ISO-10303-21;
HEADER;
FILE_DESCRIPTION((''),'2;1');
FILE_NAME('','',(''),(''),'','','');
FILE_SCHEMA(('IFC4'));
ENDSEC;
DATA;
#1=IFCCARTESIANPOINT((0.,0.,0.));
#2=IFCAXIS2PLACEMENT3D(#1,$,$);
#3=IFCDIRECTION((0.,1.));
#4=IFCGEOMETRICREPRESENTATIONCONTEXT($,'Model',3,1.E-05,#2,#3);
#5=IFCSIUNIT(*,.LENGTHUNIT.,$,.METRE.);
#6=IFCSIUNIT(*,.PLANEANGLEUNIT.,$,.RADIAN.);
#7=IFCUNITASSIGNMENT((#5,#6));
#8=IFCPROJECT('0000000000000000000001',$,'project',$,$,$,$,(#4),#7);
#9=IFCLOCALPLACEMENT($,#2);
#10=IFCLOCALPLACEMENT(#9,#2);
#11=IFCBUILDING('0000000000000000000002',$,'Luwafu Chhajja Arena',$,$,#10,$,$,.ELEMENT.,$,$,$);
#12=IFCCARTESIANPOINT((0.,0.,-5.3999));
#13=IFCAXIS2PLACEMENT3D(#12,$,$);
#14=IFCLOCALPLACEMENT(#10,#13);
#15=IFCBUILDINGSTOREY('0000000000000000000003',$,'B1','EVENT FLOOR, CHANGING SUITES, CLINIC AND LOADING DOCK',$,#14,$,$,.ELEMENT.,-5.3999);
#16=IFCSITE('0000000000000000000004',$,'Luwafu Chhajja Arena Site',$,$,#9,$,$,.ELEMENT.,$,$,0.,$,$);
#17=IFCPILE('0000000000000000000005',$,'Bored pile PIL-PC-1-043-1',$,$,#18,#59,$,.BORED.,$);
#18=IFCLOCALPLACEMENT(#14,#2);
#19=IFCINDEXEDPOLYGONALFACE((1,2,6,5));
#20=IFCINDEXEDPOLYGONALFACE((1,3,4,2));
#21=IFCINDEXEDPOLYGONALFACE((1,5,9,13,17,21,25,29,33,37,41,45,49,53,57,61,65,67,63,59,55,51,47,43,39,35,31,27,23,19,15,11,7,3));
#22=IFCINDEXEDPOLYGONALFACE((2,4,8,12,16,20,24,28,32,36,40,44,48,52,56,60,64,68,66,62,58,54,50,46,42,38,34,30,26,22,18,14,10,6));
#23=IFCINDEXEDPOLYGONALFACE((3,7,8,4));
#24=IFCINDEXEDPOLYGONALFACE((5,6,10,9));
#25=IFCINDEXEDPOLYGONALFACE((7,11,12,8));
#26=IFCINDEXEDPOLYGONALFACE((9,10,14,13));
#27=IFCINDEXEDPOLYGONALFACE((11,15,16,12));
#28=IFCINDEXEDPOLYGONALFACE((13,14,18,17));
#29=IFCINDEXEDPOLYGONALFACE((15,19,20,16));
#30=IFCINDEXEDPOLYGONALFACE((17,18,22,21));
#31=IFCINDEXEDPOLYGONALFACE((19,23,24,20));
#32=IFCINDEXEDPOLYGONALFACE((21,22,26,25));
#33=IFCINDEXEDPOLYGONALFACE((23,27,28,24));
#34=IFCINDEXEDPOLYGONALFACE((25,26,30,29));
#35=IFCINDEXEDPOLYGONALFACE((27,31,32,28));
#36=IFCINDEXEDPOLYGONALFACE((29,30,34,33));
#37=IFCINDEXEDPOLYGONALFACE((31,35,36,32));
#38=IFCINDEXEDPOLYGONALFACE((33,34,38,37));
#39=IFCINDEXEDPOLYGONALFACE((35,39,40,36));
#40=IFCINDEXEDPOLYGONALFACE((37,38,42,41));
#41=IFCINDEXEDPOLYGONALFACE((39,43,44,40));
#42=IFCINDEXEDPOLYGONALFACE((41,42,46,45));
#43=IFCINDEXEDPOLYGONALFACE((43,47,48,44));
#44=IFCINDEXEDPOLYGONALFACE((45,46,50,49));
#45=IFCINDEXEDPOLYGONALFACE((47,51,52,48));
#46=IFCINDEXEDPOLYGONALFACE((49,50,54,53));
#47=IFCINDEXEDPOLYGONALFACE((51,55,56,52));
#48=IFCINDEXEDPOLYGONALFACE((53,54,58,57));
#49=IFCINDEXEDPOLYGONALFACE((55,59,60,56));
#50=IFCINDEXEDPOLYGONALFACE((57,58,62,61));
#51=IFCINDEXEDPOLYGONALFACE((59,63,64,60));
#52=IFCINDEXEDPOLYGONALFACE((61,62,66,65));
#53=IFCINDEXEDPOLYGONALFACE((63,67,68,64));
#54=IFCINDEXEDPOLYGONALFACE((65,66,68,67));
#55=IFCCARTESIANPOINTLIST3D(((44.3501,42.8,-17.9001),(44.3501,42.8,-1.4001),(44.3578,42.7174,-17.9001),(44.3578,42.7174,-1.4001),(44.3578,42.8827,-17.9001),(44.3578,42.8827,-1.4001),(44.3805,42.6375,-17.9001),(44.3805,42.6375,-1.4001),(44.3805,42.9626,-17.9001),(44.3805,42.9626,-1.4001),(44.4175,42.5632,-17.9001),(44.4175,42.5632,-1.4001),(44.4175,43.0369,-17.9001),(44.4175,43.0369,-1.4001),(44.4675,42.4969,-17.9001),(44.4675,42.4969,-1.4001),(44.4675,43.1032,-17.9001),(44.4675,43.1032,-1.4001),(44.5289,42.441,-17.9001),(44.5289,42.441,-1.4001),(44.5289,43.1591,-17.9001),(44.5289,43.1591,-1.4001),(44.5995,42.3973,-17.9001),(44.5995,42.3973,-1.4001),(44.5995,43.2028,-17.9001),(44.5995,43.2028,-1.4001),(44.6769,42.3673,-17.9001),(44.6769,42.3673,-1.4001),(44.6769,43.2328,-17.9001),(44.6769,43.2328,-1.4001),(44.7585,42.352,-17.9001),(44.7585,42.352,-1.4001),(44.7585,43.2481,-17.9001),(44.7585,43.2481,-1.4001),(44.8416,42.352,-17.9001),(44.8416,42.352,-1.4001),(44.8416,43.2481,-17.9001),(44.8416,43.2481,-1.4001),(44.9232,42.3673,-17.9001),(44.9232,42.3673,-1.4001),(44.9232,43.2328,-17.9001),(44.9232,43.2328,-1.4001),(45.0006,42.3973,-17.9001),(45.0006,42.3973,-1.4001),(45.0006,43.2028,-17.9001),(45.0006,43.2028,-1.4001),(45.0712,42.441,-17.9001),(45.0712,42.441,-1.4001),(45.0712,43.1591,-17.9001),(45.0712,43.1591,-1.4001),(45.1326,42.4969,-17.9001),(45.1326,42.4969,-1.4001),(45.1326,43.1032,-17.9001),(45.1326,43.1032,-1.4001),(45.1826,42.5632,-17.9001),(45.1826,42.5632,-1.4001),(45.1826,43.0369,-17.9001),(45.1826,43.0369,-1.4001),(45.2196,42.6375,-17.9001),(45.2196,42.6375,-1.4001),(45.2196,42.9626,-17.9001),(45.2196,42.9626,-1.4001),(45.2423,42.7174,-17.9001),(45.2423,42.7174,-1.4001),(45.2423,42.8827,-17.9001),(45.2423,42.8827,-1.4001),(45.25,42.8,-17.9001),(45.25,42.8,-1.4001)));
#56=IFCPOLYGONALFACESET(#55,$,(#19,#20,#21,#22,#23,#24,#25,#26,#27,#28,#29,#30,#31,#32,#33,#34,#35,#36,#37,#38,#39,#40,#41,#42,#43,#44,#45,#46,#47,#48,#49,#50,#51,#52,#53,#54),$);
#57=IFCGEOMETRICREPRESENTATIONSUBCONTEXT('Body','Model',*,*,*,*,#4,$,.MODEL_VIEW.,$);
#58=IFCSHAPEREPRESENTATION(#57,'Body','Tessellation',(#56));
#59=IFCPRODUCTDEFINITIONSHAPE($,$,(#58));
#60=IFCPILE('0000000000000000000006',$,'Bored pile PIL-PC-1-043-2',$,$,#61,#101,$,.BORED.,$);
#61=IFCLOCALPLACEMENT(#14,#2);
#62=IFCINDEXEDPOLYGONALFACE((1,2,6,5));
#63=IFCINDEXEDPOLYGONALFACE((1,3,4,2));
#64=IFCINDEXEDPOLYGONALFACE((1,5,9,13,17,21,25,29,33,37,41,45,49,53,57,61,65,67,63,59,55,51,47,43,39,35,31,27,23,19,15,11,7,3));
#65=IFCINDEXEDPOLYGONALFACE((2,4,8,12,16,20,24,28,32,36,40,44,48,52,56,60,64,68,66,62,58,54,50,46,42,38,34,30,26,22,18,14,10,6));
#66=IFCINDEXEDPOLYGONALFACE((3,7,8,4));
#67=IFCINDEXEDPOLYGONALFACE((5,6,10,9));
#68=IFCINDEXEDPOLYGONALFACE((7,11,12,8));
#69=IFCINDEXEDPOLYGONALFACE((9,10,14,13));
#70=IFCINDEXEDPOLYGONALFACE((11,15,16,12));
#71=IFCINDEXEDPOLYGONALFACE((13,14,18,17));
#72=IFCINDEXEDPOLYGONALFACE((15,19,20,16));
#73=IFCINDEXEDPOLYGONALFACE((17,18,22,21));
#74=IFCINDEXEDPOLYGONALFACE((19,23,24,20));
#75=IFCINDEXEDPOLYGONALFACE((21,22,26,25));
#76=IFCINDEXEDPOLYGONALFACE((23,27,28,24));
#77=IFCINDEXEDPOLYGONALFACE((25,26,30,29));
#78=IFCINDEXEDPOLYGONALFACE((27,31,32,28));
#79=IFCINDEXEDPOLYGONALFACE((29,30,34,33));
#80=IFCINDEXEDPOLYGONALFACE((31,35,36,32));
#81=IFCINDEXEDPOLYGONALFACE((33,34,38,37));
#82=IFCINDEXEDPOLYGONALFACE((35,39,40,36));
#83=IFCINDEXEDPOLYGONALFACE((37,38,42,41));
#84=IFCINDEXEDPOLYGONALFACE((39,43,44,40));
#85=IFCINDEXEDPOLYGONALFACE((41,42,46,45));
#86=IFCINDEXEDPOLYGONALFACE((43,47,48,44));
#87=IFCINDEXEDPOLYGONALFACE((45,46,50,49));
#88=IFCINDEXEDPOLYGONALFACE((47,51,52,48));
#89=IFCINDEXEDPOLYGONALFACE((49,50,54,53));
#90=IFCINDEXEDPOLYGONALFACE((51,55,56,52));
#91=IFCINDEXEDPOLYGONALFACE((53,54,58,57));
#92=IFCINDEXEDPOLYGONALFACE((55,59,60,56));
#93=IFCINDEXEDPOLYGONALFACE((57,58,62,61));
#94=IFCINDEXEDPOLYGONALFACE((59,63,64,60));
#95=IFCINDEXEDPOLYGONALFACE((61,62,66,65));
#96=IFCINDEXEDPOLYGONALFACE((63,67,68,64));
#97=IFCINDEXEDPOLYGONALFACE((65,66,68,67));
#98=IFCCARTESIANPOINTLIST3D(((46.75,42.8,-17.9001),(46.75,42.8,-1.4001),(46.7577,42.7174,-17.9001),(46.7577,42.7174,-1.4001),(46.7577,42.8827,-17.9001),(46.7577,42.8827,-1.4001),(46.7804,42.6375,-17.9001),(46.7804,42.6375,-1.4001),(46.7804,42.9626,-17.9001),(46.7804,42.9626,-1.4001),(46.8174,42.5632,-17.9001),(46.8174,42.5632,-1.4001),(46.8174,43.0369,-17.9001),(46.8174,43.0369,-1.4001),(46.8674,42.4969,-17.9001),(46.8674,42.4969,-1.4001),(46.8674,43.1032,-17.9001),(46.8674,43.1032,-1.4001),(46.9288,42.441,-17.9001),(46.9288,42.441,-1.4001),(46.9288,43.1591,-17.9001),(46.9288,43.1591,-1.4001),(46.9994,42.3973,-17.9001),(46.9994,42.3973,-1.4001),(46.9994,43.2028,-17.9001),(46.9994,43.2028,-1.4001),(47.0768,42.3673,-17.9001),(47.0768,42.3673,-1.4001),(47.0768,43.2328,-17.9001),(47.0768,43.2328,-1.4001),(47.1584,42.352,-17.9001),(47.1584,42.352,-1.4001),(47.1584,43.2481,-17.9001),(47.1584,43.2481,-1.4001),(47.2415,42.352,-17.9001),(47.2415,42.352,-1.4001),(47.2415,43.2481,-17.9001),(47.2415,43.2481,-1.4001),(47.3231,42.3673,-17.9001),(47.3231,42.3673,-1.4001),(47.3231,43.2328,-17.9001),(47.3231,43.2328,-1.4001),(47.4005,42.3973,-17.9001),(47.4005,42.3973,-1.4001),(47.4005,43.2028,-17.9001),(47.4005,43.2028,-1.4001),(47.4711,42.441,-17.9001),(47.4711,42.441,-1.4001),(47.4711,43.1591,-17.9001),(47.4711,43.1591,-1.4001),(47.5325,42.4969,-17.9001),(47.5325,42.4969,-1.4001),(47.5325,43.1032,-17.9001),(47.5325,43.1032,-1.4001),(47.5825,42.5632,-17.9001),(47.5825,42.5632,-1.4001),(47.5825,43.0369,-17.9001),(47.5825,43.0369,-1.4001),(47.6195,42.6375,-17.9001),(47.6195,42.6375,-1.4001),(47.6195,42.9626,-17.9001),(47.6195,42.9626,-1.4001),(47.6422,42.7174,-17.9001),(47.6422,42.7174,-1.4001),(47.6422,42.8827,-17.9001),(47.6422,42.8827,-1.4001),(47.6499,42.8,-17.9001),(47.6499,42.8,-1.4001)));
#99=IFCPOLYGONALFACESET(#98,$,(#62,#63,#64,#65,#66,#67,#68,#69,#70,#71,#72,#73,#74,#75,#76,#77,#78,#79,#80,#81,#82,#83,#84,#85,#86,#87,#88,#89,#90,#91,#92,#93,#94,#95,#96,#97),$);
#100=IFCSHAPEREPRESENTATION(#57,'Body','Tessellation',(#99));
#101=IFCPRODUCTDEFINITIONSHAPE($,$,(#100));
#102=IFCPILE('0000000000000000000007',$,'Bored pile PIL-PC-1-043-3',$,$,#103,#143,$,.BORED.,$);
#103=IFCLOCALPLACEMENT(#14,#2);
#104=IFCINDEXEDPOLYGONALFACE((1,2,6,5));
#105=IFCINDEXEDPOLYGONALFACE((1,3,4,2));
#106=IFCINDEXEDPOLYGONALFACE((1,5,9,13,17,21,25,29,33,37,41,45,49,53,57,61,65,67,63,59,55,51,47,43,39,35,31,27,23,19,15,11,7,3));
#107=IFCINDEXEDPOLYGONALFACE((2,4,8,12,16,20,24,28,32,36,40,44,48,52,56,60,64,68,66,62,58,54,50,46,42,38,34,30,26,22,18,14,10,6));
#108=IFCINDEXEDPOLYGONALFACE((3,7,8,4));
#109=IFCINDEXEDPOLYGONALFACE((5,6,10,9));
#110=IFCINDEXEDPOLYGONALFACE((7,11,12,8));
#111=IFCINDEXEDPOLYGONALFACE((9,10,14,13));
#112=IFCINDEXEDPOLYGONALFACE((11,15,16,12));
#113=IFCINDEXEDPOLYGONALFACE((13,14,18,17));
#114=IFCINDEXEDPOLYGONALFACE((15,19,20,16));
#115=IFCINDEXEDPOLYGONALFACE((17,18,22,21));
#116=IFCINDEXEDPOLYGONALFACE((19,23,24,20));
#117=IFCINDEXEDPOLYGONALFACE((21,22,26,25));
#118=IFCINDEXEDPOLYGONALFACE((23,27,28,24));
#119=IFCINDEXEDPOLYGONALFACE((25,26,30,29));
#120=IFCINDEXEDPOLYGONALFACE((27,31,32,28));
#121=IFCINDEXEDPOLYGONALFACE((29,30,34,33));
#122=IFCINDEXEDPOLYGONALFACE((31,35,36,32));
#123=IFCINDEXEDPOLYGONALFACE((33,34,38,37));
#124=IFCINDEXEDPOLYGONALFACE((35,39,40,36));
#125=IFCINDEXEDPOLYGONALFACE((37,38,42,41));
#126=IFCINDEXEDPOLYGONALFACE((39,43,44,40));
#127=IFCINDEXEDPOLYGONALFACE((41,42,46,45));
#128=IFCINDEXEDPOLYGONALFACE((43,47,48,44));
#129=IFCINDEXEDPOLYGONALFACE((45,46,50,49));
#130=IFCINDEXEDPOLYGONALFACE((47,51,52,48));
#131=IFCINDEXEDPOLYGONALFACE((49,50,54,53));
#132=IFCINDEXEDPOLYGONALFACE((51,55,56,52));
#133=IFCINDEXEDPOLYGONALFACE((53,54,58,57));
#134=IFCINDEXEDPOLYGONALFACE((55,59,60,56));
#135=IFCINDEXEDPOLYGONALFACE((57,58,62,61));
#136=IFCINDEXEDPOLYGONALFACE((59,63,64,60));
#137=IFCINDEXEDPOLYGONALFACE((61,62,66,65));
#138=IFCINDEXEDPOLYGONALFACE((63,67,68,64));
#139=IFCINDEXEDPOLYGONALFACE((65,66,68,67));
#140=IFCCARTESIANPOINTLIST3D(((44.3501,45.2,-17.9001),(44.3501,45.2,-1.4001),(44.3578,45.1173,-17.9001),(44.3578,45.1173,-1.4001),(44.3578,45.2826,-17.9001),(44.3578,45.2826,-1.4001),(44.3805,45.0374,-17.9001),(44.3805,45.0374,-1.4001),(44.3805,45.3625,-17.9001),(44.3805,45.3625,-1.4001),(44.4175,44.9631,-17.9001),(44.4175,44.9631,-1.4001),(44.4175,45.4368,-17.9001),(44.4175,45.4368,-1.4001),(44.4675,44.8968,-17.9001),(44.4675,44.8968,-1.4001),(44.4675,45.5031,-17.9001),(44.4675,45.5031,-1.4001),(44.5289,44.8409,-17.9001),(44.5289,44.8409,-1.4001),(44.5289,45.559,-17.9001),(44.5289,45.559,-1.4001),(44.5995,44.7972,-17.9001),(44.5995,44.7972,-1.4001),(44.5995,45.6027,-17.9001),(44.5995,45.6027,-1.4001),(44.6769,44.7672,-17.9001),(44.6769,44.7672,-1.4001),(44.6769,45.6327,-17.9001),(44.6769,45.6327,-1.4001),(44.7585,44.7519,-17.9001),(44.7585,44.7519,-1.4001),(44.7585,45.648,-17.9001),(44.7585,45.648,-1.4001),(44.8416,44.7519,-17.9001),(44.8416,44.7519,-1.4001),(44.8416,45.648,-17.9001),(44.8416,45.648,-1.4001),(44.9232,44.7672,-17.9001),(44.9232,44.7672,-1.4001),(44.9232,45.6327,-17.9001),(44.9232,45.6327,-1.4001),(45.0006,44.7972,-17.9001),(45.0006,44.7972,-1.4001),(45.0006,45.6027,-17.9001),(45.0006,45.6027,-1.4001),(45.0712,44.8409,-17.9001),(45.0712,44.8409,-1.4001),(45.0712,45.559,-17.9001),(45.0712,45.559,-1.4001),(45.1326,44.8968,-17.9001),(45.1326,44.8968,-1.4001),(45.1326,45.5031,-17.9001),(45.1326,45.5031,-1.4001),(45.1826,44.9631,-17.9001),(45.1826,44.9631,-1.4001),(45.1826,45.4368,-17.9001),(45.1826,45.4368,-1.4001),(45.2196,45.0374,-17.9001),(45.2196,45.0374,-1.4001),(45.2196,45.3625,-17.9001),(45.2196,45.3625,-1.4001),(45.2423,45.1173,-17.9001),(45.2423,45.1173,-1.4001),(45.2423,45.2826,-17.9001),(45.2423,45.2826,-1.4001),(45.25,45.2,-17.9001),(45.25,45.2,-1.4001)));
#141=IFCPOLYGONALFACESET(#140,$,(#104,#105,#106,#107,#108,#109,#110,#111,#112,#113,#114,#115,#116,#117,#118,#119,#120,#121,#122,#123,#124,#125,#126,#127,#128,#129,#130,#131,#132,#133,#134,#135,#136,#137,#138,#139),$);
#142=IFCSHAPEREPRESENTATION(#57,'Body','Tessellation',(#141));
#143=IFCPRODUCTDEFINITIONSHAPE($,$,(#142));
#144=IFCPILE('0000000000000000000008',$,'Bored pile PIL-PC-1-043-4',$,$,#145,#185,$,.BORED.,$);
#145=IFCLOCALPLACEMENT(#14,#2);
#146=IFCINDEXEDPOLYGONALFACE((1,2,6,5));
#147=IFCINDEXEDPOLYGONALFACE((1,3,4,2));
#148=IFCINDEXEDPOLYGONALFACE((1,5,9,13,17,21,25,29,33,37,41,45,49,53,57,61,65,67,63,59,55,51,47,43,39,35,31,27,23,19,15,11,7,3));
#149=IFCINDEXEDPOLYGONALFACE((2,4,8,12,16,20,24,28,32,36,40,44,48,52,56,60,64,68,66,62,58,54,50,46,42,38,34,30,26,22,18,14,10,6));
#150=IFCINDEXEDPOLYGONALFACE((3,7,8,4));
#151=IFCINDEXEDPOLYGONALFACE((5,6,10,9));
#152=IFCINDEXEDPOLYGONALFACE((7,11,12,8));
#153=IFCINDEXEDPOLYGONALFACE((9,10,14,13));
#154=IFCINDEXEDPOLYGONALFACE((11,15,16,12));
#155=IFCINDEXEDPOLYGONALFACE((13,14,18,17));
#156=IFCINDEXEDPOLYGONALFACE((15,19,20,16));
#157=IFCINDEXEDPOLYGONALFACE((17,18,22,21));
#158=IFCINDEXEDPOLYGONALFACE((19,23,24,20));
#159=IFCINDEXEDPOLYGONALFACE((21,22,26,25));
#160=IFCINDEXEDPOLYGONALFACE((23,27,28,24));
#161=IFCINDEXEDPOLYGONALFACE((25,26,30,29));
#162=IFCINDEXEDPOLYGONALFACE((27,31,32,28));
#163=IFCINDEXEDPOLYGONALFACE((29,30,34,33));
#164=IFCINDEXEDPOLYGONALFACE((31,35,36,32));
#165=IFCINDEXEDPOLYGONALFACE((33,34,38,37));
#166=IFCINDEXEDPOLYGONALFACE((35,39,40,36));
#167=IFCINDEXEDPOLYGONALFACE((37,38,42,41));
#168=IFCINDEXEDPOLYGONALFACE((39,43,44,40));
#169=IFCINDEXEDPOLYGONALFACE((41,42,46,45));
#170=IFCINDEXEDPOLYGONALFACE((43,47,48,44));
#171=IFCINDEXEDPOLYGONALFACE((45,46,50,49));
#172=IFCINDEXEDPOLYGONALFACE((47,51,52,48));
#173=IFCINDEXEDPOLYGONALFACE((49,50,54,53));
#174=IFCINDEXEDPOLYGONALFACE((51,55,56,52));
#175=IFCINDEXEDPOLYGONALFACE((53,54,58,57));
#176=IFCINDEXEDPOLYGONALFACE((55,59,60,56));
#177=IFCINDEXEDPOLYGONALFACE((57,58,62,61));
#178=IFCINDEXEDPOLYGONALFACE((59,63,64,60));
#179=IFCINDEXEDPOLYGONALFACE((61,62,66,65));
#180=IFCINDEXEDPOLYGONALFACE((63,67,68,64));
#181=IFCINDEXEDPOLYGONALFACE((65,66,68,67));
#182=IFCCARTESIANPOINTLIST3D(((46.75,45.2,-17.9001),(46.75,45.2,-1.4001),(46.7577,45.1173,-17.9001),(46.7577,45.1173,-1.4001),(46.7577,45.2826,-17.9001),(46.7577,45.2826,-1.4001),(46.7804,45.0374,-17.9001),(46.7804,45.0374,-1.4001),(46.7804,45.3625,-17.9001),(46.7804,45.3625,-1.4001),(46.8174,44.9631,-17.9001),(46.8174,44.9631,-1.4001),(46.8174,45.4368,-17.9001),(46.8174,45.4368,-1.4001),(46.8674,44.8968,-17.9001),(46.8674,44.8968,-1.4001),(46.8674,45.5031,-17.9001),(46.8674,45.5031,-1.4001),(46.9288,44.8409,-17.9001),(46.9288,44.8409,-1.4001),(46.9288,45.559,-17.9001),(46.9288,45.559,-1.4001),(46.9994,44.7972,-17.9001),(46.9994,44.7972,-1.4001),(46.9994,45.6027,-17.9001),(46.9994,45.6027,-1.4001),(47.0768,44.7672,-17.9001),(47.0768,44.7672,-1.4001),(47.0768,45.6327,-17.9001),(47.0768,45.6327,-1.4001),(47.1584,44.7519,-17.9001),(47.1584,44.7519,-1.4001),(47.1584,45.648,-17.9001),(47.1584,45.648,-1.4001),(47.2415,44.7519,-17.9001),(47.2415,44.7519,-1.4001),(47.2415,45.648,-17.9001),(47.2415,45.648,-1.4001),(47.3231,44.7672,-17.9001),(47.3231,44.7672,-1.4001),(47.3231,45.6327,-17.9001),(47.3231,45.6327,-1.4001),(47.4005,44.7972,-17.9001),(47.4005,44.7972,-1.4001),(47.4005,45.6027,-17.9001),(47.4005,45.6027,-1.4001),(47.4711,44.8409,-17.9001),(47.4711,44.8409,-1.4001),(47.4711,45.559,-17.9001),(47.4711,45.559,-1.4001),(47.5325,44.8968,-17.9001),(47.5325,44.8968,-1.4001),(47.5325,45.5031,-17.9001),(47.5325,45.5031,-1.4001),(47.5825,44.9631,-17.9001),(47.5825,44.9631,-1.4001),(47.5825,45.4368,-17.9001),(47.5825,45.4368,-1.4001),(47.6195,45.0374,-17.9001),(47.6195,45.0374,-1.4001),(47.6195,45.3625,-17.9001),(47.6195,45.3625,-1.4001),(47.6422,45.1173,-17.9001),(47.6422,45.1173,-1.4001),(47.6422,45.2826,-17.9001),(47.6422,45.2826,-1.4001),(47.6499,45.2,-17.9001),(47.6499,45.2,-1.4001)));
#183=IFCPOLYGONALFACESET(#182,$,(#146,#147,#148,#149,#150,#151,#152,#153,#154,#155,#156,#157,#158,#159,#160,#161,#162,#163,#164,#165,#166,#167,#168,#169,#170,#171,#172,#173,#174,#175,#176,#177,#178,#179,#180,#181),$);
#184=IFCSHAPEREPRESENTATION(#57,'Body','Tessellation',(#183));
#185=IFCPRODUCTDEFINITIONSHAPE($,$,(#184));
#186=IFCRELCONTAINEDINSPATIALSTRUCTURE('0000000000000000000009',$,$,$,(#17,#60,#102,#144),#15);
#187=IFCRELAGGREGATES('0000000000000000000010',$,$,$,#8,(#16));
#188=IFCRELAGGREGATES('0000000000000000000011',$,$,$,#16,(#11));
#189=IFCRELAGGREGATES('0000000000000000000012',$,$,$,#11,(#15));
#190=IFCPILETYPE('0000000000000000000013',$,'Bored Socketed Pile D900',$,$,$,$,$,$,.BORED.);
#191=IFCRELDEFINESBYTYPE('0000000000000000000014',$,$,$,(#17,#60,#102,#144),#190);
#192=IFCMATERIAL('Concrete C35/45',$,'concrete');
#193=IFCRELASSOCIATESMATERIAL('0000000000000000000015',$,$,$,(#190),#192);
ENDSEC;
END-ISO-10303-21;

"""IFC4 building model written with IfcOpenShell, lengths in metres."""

from ifc_helpers import new_model, si_unit, direction, frame, origin, origin_2d, place, context, subcontext, project, spatial, circle, extrude, material, material_profile, profile_set, type_object, element, save


model = new_model("IFC4")

# Units and contexts
model_context = context("Model", 3, precision=1e-05, world=origin(), true_north=direction((0.0, 1.0)))
body_context = subcontext(model_context, "Body", "Model", "MODEL_VIEW")
ifc_project = project(units=[si_unit("LENGTHUNIT", "METRE"), si_unit("PLANEANGLEUNIT", "RADIAN")], contexts=[model_context])

# Site, building, storey
site_placement = place(None, origin())
site = spatial("IfcSite", under=ifc_project, at=site_placement, Name="Luwafu Chhajja Arena Site", CompositionType="ELEMENT", RefElevation=0.0)
building_placement = place(site_placement, origin())
building = spatial("IfcBuilding", under=site, at=building_placement, Name="Luwafu Chhajja Arena", CompositionType="ELEMENT")
storey_placement = place(building_placement, frame((0.0, 0.0, -5.3999)))
storey = spatial("IfcBuildingStorey", under=building, at=storey_placement, Name="B1", Description="EVENT FLOOR, CHANGING SUITES, CLINIC AND LOADING DOCK", CompositionType="ELEMENT", Elevation=-5.3999)

# Shared definitions
ifc_material_1 = material(Name="Concrete C35/45", Category="concrete")

# Piles
ifc_material_profile_1 = material_profile(ifc_material_1, circle(Radius=0.45, at=origin_2d()), Name="PILE D900")
ifc_profile_set_1 = profile_set([ifc_material_profile_1], Name="Concrete C35/45")
pile_type_1 = type_object("IfcPileType", Name="Bored Socketed Pile D900", PredefinedType="BORED", material=ifc_profile_set_1)
for number, where, z_axis, x_axis, name in (
    (1, (44.8, 42.8, -1.4001), (0.0, 0.0, -1.0), (1.0, 0.0, 0.0), "Bored pile PIL-PC-1-043-1"),
    (2, (47.2, 42.8, -1.4001), (0.0, 0.0, -1.0), (1.0, 0.0, 0.0), "Bored pile PIL-PC-1-043-2"),
    (3, (44.8, 45.2, -1.4001), (0.0, 0.0, -1.0), (1.0, 0.0, 0.0), "Bored pile PIL-PC-1-043-3"),
    (4, (47.2, 45.2, -1.4001), (0.0, 0.0, -1.0), (1.0, 0.0, 0.0), "Bored pile PIL-PC-1-043-4"),
):
    element("IfcPile", number, at=place(storey_placement, frame(where, z_axis=z_axis, x_axis=x_axis)), inside=storey, type_object=pile_type_1, Name=name, PredefinedType="BORED", context=body_context, shape_type="SweptSolid", body=[
        extrude(circle(Radius=0.45, at=origin_2d()), origin(), (0.0, 0.0, 1.0), 16.5),
    ])

save(model, "model.ifc")
